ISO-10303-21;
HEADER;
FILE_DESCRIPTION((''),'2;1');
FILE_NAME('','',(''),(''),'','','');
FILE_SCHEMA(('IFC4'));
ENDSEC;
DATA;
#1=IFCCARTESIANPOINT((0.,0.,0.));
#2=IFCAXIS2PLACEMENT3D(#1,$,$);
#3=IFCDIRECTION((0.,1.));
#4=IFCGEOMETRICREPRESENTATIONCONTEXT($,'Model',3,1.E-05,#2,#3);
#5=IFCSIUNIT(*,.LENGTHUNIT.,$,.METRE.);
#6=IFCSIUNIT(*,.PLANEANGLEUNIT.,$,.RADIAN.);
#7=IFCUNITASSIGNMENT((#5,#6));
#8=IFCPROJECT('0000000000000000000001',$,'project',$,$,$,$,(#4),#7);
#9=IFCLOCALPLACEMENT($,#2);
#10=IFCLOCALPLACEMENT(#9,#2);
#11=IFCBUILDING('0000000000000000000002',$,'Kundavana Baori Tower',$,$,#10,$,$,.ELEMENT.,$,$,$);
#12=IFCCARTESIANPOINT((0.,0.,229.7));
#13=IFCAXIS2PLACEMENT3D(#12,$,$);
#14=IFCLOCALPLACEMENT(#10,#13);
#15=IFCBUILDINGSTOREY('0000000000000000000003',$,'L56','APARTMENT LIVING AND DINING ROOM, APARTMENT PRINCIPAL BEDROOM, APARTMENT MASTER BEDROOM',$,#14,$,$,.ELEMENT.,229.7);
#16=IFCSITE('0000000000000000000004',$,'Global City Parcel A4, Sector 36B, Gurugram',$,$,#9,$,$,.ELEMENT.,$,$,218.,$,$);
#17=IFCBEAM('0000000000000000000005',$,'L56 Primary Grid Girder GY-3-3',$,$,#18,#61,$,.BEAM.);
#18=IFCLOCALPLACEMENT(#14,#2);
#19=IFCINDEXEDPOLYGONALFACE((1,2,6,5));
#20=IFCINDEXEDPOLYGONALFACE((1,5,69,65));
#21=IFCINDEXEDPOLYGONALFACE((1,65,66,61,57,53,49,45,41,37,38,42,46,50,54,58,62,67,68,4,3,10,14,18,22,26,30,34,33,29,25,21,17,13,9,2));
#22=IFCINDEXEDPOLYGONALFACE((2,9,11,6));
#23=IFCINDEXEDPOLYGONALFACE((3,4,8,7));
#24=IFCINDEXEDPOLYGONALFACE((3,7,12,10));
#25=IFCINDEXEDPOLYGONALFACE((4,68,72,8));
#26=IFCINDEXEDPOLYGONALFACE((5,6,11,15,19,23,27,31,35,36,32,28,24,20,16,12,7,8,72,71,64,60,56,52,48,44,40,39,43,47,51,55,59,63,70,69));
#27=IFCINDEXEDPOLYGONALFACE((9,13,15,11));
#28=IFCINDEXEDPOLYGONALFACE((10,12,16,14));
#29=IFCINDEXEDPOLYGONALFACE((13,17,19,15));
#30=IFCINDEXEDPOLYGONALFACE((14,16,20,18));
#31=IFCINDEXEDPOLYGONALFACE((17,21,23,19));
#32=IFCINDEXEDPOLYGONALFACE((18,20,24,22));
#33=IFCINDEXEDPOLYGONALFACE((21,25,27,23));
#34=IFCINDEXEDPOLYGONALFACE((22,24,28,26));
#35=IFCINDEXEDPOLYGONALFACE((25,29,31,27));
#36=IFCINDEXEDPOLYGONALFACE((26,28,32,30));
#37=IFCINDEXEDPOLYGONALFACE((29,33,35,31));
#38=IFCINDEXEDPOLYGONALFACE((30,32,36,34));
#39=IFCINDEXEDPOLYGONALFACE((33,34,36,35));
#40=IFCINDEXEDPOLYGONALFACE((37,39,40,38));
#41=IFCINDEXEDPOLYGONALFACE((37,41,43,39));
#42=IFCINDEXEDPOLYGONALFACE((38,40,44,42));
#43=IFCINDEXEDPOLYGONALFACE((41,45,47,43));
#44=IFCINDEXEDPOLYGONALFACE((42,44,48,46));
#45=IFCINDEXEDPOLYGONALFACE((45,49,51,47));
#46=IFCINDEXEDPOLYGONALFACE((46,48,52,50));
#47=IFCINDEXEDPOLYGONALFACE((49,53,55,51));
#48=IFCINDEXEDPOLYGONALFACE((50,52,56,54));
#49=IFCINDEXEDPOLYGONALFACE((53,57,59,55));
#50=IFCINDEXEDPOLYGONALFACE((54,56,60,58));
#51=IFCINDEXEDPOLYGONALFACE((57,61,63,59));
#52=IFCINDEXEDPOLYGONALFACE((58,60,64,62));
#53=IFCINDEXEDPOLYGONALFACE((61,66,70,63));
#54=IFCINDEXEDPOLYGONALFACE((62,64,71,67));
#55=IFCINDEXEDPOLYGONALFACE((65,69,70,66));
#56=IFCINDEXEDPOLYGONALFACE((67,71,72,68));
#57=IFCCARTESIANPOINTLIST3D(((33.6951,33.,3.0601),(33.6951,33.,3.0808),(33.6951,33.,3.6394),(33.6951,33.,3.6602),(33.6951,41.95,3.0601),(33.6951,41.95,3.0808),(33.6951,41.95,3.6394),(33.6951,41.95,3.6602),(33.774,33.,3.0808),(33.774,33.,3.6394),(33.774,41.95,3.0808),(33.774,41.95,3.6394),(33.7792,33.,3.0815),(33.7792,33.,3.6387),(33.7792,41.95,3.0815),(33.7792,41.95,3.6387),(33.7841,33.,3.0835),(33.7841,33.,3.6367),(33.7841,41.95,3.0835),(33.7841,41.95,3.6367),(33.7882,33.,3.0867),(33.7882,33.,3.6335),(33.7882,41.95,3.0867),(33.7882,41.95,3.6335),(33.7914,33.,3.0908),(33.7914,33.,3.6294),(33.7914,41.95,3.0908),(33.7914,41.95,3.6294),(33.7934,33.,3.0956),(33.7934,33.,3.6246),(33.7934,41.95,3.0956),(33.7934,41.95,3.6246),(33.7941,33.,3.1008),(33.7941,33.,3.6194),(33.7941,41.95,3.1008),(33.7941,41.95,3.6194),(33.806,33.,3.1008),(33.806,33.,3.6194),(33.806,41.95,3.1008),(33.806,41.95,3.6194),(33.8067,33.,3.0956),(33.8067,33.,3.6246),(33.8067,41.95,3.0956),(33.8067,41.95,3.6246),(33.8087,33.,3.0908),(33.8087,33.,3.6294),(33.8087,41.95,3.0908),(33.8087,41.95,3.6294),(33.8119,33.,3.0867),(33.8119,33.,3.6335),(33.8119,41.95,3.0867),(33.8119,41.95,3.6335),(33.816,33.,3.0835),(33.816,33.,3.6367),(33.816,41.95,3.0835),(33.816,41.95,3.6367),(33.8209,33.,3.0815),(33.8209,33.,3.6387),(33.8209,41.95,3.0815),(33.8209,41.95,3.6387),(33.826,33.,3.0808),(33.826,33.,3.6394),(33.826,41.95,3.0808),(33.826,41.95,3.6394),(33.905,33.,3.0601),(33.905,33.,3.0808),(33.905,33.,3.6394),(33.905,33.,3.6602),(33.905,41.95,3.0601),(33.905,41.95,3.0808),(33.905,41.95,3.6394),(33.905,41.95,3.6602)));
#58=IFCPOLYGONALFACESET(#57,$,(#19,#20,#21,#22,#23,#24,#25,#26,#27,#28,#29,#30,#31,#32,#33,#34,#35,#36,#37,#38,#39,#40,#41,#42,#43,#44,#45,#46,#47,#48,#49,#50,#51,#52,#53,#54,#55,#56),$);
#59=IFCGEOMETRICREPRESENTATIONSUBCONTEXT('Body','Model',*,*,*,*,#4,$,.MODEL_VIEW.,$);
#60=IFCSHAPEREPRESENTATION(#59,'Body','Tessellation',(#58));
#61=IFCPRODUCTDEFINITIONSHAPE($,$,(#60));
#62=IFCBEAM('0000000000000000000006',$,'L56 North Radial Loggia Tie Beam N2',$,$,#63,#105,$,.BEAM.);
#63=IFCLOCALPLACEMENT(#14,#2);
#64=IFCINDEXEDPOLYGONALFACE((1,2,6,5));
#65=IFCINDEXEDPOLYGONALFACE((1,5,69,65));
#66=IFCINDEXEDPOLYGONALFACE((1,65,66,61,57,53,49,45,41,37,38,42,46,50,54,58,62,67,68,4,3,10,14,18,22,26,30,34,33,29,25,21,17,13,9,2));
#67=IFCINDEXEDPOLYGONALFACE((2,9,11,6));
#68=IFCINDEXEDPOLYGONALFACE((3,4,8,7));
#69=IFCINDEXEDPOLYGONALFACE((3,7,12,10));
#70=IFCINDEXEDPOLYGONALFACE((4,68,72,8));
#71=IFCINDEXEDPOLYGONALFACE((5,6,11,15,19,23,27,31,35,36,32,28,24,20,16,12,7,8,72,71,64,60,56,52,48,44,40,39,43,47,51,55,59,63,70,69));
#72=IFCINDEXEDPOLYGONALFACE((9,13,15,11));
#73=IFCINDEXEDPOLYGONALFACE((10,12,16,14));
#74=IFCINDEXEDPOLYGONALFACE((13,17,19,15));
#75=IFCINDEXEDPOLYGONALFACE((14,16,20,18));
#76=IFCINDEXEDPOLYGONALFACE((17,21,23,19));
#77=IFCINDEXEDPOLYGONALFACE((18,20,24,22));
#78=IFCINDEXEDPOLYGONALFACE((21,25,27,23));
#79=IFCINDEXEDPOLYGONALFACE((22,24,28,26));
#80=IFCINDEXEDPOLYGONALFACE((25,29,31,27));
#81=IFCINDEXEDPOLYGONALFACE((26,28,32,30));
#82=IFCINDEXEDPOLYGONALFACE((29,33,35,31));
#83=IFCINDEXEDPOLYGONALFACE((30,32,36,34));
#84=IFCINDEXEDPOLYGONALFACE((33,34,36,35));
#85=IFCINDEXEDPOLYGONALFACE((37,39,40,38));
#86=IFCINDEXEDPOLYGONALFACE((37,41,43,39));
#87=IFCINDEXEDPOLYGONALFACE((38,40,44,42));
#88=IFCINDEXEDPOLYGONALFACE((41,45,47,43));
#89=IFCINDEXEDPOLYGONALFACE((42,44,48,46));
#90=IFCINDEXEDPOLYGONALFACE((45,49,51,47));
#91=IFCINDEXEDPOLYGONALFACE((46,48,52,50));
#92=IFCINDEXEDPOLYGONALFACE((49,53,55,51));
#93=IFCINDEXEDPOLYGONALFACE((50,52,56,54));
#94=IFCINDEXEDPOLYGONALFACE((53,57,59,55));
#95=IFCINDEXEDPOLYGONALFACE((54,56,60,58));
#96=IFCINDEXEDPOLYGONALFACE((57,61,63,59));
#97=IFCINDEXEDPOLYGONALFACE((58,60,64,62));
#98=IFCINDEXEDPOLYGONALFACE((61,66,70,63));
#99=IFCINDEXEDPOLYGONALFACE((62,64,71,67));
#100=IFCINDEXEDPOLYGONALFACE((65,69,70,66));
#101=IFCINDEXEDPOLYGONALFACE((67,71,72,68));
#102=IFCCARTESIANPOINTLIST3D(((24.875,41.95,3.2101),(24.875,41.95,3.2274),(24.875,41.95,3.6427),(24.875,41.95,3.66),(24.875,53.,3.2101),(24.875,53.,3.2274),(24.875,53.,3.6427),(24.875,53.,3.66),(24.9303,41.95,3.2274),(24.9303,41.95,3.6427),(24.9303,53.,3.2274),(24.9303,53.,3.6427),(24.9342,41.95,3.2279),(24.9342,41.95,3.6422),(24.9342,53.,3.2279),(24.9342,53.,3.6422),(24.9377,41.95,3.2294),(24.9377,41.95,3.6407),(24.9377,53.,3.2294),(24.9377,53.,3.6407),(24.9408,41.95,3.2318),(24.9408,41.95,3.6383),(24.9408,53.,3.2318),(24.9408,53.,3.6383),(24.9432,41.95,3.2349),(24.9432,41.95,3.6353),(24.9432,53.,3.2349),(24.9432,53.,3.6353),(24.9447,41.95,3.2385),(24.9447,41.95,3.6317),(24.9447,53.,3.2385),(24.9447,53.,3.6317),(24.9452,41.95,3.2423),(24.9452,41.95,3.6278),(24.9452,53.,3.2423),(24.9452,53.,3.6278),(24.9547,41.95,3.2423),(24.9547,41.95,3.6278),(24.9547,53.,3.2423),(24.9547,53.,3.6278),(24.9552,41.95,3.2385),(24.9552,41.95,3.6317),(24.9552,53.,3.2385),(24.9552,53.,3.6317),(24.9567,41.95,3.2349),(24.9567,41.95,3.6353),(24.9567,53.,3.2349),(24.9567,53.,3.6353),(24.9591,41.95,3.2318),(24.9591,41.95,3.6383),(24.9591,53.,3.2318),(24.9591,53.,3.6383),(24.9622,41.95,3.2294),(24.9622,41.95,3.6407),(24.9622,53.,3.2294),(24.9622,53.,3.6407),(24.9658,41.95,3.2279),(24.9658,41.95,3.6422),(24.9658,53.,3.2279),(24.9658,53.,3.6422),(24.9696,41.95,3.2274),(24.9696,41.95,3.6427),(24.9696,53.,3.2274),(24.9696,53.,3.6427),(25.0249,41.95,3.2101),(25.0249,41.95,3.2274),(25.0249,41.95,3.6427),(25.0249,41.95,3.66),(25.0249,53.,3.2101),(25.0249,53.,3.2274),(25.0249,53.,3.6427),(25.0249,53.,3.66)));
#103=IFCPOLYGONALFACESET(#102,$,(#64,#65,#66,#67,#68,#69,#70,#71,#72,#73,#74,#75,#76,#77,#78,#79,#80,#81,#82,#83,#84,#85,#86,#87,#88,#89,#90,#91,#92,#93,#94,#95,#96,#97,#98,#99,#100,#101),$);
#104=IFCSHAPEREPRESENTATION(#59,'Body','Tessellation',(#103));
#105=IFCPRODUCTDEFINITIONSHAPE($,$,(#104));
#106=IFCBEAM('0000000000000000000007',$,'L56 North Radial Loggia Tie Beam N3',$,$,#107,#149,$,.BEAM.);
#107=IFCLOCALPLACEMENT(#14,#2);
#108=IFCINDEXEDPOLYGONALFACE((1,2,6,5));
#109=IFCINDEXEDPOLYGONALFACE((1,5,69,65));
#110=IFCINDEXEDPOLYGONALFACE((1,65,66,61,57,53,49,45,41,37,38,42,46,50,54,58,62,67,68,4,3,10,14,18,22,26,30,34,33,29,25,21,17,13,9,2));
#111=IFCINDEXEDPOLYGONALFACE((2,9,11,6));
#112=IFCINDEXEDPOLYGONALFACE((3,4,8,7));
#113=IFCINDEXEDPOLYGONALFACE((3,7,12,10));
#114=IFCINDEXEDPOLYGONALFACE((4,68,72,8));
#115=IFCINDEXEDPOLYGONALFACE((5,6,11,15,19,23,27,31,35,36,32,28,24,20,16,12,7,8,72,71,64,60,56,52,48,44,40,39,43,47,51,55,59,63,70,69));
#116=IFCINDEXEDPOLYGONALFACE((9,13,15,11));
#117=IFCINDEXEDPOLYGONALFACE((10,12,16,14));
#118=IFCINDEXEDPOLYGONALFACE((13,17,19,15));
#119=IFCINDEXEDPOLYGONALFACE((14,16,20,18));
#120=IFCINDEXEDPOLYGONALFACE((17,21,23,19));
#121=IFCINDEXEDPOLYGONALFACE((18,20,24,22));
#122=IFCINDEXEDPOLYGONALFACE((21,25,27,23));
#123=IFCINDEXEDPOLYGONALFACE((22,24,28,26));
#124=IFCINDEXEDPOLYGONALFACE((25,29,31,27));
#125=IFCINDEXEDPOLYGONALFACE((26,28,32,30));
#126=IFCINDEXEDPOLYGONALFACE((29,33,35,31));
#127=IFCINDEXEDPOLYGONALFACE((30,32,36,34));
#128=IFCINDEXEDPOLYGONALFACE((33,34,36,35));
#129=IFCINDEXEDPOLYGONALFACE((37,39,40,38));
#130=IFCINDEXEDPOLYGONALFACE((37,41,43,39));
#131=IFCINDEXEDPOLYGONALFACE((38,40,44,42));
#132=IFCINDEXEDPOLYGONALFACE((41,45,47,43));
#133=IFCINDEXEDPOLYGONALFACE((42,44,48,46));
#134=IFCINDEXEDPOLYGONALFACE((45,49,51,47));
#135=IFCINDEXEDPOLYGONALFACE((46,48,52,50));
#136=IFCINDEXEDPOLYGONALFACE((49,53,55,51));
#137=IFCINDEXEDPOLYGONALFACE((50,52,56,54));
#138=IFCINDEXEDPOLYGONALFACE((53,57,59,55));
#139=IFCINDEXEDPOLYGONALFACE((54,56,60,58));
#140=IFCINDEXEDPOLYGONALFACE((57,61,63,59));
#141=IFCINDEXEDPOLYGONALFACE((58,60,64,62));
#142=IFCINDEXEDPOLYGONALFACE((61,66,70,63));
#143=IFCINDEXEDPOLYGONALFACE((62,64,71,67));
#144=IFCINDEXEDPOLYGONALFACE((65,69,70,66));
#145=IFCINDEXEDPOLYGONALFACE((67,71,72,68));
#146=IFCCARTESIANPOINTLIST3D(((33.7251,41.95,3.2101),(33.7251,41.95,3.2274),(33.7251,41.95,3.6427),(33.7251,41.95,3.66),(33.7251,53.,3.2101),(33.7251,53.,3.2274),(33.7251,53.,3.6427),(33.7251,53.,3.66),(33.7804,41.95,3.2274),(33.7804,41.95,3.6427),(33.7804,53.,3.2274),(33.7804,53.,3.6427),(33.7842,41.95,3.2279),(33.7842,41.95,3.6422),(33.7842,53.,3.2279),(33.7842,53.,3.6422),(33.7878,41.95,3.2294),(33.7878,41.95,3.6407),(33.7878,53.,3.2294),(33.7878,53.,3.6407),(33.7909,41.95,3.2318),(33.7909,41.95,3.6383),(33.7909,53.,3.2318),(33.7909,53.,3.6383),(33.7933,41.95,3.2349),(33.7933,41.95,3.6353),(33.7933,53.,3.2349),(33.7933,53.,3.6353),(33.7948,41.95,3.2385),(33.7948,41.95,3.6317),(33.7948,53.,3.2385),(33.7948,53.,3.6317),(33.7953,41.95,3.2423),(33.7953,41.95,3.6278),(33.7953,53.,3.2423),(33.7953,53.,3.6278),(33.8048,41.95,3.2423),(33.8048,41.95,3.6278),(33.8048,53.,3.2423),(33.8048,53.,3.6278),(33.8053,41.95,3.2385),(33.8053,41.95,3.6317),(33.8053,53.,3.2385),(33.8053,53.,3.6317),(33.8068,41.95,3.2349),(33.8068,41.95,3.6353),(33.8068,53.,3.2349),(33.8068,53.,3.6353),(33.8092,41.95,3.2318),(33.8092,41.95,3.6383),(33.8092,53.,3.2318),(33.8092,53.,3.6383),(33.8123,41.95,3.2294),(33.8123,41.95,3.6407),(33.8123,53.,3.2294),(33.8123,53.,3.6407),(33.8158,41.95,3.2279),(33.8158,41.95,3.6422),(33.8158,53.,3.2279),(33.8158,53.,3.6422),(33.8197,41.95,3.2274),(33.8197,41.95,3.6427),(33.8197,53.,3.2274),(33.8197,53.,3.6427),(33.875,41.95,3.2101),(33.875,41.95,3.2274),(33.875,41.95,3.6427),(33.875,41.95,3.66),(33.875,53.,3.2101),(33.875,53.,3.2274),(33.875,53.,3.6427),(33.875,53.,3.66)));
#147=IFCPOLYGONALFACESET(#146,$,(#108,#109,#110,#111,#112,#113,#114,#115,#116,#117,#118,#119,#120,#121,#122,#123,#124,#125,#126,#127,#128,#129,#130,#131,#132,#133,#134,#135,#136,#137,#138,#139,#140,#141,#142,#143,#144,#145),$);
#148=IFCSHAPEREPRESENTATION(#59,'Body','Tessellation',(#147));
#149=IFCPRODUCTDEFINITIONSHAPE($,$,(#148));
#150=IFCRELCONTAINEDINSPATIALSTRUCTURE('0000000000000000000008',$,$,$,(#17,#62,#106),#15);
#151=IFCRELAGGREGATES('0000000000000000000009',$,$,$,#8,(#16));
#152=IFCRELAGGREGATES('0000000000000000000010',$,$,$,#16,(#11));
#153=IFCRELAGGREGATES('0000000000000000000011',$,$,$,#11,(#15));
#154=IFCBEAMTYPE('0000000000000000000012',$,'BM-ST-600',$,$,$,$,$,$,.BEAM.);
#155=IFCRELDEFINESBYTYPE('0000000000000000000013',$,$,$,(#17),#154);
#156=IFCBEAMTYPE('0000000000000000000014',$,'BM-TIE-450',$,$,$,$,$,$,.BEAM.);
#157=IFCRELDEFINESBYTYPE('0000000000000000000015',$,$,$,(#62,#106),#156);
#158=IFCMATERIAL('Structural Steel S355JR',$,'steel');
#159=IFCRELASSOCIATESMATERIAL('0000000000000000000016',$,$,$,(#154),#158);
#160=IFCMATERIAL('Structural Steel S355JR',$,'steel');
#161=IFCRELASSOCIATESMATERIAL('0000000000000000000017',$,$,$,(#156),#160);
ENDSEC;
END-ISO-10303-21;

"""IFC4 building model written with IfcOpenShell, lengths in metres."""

from ifc_helpers import new_model, si_unit, direction, frame, origin, origin_2d, place, context, subcontext, project, spatial, i_section, extrude, material, material_profile, profile_set, type_object, element, save


model = new_model("IFC4")

# Units and contexts
model_context = context("Model", 3, precision=1e-05, world=origin(), true_north=direction((0.0, 1.0)))
body_context = subcontext(model_context, "Body", "Model", "MODEL_VIEW")
ifc_project = project(units=[si_unit("LENGTHUNIT", "METRE"), si_unit("PLANEANGLEUNIT", "RADIAN")], contexts=[model_context])

# Site, building, storey
site_placement = place(None, origin())
site = spatial("IfcSite", under=ifc_project, at=site_placement, Name="Global City Parcel A4, Sector 36B, Gurugram", CompositionType="ELEMENT", RefElevation=218.0)
building_placement = place(site_placement, origin())
building = spatial("IfcBuilding", under=site, at=building_placement, Name="Kundavana Baori Tower", CompositionType="ELEMENT")
storey_placement = place(building_placement, frame((0.0, 0.0, 229.7)))
storey = spatial("IfcBuildingStorey", under=building, at=storey_placement, Name="L56", Description="APARTMENT LIVING AND DINING ROOM, APARTMENT PRINCIPAL BEDROOM, APARTMENT MASTER BEDROOM", CompositionType="ELEMENT", Elevation=229.7)

# Beams
ifc_material_1 = material(Name="Structural Steel S355JR", Category="steel")
ifc_material_profile_1 = material_profile(ifc_material_1, i_section(OverallWidth=0.21, OverallDepth=0.6001, WebThickness=0.012, FlangeThickness=0.0208, FilletRadius=0.02, at=origin_2d()), Name="ISMB 600")
ifc_profile_set_1 = profile_set([ifc_material_profile_1], Name="Structural Steel S355JR")
beam_type_1 = type_object("IfcBeamType", Name="BM-ST-600", PredefinedType="BEAM", material=ifc_profile_set_1)
beam_1_placement = place(storey_placement, frame((33.8, 33.0, 3.3601), z_axis=(0.0, 1.0, 0.0), x_axis=(-1.0, 0.0, 0.0)))
element("IfcBeam", 1, at=beam_1_placement, inside=storey, type_object=beam_type_1, Name="L56 Primary Grid Girder GY-3-3", PredefinedType="BEAM", context=body_context, shape_type="SweptSolid", body=[
    extrude(i_section(OverallWidth=0.21, OverallDepth=0.6001, WebThickness=0.012, FlangeThickness=0.0208, FilletRadius=0.02, at=origin_2d()), origin(), (0.0, 0.0, 1.0), 8.95),
])
ifc_material_2 = material(Name="Structural Steel S355JR", Category="steel")
ifc_material_profile_2 = material_profile(ifc_material_2, i_section(OverallWidth=0.1499, OverallDepth=0.45, WebThickness=0.0095, FlangeThickness=0.0173, FilletRadius=0.0149, at=origin_2d()), Name="ISMB 450")
ifc_profile_set_2 = profile_set([ifc_material_profile_2], Name="Structural Steel S355JR")
beam_type_2 = type_object("IfcBeamType", Name="BM-TIE-450", PredefinedType="BEAM", material=ifc_profile_set_2)
for number, where, z_axis, x_axis, name in (
    (2, (24.95, 41.95, 3.4351), (0.0, 1.0, 0.0), (-1.0, 0.0, 0.0), "L56 North Radial Loggia Tie Beam N2"),
    (3, (33.8, 41.95, 3.4351), (0.0, 1.0, 0.0), (-1.0, 0.0, 0.0), "L56 North Radial Loggia Tie Beam N3"),
):
    element("IfcBeam", number, at=place(storey_placement, frame(where, z_axis=z_axis, x_axis=x_axis)), inside=storey, type_object=beam_type_2, Name=name, PredefinedType="BEAM", context=body_context, shape_type="SweptSolid", body=[
        extrude(i_section(OverallWidth=0.1499, OverallDepth=0.45, WebThickness=0.0095, FlangeThickness=0.0173, FilletRadius=0.0149, at=origin_2d()), origin(), (0.0, 0.0, 1.0), 11.05),
    ])

save(model, "model.ifc")
